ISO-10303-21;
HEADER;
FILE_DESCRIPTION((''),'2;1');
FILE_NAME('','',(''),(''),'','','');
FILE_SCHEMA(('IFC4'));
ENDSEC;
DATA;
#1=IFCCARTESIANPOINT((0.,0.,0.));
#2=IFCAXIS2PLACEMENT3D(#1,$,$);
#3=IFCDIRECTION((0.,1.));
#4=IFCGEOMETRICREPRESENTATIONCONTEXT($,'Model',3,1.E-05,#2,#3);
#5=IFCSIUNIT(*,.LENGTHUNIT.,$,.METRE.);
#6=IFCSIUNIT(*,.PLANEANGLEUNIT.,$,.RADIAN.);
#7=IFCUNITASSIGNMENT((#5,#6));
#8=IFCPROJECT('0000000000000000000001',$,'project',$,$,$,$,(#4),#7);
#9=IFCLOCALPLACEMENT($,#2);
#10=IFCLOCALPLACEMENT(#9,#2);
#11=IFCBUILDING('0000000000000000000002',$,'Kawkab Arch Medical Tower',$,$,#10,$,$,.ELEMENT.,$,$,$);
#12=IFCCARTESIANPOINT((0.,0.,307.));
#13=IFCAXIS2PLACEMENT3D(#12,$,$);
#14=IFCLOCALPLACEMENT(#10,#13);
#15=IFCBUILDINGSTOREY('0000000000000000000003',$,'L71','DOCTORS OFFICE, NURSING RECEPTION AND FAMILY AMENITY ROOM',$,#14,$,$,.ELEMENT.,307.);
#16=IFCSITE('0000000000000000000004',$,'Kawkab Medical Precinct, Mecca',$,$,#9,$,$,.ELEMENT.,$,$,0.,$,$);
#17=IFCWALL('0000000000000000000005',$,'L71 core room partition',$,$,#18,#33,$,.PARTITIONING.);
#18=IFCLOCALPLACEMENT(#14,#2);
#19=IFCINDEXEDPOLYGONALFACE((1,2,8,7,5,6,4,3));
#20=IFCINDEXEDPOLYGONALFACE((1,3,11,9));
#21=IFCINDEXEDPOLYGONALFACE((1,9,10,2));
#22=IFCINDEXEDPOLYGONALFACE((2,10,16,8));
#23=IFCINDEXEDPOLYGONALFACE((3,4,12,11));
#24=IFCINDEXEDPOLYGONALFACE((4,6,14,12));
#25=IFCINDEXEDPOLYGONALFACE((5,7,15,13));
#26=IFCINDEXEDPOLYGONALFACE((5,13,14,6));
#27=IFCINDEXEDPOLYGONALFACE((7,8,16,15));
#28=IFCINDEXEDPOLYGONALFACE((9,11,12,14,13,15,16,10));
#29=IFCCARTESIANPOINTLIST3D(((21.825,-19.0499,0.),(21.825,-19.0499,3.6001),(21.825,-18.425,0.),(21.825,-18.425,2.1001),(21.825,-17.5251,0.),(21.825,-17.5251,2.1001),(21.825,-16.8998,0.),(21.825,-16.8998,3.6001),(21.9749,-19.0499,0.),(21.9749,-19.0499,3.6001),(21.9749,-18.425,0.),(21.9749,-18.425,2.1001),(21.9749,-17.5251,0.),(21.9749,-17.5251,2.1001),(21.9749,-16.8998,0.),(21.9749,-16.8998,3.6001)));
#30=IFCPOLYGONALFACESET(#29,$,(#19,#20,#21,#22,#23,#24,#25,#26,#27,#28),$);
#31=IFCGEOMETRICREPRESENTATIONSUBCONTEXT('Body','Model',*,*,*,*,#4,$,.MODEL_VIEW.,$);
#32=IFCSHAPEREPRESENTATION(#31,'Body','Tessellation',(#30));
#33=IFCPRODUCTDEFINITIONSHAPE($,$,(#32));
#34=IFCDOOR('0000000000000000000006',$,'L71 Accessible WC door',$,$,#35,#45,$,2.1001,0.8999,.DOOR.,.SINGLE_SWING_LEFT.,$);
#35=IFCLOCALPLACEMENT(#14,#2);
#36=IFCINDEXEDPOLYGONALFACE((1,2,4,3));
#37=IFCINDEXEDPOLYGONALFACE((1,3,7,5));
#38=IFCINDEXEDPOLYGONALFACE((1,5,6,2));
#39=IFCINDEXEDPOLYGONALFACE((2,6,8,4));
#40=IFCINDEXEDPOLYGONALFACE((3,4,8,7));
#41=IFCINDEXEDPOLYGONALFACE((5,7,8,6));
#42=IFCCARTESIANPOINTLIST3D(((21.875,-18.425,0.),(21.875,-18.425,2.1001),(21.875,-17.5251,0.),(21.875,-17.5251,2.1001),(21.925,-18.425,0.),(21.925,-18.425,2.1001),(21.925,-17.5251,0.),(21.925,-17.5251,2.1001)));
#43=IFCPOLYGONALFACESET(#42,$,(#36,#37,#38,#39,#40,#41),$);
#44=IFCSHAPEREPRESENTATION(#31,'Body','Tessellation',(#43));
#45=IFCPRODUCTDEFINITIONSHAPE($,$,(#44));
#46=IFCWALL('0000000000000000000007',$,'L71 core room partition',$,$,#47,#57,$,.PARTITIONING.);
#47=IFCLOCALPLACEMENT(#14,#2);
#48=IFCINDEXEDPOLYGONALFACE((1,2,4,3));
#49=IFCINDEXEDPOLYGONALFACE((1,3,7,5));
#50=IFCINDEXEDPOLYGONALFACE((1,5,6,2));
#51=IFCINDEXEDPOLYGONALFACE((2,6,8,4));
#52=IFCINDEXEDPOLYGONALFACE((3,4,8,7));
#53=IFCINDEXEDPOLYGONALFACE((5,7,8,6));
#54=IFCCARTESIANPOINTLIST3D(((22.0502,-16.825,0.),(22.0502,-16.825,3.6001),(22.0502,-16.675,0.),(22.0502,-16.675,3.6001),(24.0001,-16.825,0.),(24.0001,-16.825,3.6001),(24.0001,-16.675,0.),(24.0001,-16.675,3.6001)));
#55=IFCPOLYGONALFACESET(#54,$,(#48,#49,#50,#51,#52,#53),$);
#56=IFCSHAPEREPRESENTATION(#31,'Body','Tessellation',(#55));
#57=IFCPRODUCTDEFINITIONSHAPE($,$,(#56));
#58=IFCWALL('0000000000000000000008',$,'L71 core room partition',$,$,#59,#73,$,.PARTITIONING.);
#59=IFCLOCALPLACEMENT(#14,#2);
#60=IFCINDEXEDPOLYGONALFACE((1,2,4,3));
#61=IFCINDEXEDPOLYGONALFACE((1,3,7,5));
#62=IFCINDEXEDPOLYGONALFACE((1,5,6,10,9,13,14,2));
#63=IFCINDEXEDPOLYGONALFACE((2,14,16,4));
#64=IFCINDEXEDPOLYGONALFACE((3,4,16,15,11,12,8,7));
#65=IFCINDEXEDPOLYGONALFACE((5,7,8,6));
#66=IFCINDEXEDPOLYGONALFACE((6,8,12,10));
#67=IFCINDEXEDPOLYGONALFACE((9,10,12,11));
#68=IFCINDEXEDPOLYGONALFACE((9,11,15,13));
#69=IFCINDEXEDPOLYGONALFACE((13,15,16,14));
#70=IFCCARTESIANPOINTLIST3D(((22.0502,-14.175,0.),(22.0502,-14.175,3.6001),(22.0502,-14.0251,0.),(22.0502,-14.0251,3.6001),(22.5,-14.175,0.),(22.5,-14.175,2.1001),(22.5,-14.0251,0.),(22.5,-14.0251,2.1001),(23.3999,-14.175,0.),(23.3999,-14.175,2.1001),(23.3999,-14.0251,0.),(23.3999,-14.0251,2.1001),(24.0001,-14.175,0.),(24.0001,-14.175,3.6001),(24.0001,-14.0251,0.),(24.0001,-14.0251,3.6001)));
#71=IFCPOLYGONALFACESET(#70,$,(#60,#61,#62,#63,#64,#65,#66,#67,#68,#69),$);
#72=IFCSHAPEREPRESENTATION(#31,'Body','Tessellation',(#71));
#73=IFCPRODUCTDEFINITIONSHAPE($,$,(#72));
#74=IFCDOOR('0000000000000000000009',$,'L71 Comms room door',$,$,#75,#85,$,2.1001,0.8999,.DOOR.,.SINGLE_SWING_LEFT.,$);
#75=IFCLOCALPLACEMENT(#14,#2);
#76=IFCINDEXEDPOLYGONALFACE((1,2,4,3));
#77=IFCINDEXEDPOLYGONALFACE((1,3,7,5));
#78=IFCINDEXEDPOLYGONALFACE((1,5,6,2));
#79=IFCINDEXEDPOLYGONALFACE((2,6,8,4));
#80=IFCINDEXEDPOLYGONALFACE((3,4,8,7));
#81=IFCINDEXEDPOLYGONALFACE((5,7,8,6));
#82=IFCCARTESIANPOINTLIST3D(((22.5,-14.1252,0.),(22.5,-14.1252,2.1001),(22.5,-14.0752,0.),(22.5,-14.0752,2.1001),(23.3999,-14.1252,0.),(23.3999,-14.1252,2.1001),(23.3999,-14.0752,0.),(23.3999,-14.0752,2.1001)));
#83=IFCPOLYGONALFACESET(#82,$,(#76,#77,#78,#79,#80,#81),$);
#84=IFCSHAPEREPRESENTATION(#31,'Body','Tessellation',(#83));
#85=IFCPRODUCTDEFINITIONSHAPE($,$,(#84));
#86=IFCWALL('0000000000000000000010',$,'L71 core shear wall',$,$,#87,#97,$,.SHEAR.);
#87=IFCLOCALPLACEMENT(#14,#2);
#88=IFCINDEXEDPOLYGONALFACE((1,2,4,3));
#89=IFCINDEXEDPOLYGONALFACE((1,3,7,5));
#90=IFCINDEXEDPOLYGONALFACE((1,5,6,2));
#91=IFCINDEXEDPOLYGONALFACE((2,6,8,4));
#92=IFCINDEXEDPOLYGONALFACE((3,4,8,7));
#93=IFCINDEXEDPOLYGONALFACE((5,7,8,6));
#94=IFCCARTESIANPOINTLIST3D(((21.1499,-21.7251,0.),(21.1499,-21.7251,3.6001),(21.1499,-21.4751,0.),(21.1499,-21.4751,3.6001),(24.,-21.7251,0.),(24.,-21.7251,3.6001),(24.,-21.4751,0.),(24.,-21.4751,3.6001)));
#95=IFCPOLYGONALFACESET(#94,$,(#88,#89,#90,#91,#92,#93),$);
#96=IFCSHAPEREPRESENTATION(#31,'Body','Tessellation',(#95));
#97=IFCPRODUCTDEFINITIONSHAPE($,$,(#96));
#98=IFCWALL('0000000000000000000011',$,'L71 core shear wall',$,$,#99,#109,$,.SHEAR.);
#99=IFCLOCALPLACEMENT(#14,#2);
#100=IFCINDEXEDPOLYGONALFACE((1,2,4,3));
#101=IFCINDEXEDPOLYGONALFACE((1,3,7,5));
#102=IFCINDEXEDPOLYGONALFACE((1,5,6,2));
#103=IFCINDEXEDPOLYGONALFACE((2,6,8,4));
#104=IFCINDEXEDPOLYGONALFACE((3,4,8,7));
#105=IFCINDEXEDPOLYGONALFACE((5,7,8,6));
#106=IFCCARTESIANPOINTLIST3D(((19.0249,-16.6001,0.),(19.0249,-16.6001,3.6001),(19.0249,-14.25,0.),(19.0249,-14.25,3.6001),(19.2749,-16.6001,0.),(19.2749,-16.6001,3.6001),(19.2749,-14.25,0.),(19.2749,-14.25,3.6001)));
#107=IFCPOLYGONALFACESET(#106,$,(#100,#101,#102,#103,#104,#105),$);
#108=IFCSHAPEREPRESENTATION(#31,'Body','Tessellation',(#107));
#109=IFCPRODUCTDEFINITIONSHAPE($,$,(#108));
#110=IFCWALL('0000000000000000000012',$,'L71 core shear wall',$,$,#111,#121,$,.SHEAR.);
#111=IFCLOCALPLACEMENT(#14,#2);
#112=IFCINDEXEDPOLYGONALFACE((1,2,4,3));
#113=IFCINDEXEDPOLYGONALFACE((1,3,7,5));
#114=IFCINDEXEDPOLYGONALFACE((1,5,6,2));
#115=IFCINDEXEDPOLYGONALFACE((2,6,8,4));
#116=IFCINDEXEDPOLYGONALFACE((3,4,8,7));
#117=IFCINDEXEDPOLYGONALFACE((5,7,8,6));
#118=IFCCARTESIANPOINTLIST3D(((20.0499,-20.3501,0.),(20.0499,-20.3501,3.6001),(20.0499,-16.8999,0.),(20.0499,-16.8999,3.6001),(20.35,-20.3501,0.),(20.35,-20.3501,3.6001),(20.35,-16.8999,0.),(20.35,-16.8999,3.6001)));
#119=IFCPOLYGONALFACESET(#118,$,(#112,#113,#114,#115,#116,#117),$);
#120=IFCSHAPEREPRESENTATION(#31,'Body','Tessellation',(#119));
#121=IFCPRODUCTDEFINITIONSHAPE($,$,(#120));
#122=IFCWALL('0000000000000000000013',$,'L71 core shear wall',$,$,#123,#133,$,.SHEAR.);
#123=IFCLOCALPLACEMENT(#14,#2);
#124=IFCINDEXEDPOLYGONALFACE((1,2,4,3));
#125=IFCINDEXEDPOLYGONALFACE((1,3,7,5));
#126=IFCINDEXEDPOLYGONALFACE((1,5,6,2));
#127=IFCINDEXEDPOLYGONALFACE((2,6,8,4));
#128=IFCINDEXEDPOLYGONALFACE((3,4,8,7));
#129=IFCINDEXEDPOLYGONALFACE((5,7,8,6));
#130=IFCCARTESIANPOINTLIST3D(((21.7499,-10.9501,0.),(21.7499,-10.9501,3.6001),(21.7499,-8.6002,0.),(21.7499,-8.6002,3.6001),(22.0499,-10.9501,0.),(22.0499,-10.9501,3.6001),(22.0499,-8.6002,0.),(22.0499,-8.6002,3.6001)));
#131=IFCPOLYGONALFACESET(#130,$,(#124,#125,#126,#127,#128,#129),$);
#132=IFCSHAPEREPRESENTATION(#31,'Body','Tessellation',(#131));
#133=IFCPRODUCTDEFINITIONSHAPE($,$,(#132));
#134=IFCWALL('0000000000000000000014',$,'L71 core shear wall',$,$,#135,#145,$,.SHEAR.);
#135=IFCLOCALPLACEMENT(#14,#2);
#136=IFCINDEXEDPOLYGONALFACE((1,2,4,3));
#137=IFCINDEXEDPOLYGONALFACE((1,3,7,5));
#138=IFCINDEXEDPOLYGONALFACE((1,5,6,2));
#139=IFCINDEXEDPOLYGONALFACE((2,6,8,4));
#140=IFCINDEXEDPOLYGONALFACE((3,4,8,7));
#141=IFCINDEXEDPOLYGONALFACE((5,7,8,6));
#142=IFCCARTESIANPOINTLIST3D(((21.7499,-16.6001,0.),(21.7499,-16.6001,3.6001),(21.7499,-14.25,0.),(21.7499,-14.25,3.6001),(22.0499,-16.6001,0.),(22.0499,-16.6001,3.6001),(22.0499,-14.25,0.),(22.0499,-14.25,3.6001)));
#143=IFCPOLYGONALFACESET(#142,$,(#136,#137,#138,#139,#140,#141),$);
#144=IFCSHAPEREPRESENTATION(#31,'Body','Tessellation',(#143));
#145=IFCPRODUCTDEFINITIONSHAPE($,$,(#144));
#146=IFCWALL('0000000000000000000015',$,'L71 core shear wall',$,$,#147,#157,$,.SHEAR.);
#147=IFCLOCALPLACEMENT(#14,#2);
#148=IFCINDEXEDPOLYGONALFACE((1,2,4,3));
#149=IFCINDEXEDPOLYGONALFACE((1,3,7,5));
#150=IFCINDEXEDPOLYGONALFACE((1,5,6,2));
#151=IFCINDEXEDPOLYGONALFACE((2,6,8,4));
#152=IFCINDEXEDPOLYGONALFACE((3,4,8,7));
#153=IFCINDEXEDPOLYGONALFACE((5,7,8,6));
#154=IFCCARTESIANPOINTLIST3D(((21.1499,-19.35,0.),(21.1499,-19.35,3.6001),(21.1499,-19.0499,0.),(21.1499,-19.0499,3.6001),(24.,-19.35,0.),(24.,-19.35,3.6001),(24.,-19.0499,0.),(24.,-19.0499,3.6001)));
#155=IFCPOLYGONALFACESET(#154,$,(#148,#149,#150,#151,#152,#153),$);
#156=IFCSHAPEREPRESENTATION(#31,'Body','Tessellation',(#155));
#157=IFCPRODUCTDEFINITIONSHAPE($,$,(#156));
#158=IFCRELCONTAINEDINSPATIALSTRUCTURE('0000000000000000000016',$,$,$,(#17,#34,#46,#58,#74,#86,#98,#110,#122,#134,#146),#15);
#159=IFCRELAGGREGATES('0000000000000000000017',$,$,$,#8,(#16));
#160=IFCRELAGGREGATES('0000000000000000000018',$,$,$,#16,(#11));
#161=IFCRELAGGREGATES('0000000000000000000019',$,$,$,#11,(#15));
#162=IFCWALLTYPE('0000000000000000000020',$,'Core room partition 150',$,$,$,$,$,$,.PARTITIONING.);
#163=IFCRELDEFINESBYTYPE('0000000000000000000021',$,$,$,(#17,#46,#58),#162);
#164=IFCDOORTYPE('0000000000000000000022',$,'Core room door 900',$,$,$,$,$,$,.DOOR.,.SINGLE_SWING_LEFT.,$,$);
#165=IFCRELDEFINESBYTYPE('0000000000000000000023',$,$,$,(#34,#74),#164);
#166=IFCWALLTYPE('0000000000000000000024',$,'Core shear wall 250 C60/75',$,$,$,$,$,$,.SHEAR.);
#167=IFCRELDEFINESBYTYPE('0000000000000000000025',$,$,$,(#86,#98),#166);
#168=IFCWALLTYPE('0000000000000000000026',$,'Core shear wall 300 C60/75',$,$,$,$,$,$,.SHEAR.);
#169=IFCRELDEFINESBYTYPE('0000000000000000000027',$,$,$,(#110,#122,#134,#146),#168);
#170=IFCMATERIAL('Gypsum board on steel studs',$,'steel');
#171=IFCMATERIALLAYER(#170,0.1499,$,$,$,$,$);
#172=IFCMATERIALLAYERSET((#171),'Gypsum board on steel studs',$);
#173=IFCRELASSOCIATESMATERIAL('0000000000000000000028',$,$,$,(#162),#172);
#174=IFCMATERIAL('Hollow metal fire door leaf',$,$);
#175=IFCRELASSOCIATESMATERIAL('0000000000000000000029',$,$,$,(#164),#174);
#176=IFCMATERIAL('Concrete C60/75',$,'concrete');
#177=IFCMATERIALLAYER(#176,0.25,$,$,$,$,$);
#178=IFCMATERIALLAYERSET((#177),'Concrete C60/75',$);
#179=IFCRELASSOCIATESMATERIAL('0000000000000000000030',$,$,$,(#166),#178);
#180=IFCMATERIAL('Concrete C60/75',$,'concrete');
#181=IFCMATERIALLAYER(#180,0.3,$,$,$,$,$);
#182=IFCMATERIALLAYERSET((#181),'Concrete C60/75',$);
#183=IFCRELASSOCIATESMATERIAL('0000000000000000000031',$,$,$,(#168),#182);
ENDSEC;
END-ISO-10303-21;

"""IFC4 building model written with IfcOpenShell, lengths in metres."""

from ifc_helpers import new_model, si_unit, direction, frame, frame_2d, origin, place, context, subcontext, project, spatial, rectangle, extrude, material, layer, layer_set, type_object, element, fill, save


model = new_model("IFC4")

# Units and contexts
model_context = context("Model", 3, precision=1e-05, world=origin(), true_north=direction((0.0, 1.0)))
body_context = subcontext(model_context, "Body", "Model", "MODEL_VIEW")
ifc_project = project(units=[si_unit("LENGTHUNIT", "METRE"), si_unit("PLANEANGLEUNIT", "RADIAN")], contexts=[model_context])

# Site, building, storey
site_placement = place(None, origin())
site = spatial("IfcSite", under=ifc_project, at=site_placement, Name="Kawkab Medical Precinct, Mecca", CompositionType="ELEMENT", RefElevation=0.0)
building_placement = place(site_placement, origin())
building = spatial("IfcBuilding", under=site, at=building_placement, Name="Kawkab Arch Medical Tower", CompositionType="ELEMENT")
storey_placement = place(building_placement, frame((0.0, 0.0, 307.0)))
storey = spatial("IfcBuildingStorey", under=building, at=storey_placement, Name="L71", Description="DOCTORS OFFICE, NURSING RECEPTION AND FAMILY AMENITY ROOM", CompositionType="ELEMENT", Elevation=307.0)

# Wall, opening, door
ifc_material_1 = material(Name="Gypsum board on steel studs", Category="steel")
ifc_layer_1 = layer(ifc_material_1, 0.1499)
ifc_layer_set_1 = layer_set([ifc_layer_1], Name="Gypsum board on steel studs")
wall_type_1 = type_object("IfcWallType", Name="Core room partition 150", PredefinedType="PARTITIONING", material=ifc_layer_set_1)
wall_1_placement = place(storey_placement, frame((21.8999, -19.05, 0.0), z_axis=(0.0, 0.0, 1.0), x_axis=(0.0, 1.0, 0.0)))
wall_1 = element("IfcWall", 1, at=wall_1_placement, inside=storey, type_object=wall_type_1, Name="L71 core room partition", PredefinedType="PARTITIONING", context=body_context, shape_type="SweptSolid", body=[
    extrude(rectangle(XDim=2.1501, YDim=0.1499, at=frame_2d((1.0752, 0.0))), origin(), (0.0, 0.0, 1.0), 3.6001),
])
opening_1_placement = place(wall_1_placement, frame((0.625, 0.0, 0.0)))
opening_1 = element("IfcOpeningElement", 2, at=opening_1_placement, cuts=wall_1, PredefinedType="OPENING", context=body_context, shape_type="SweptSolid", body=[
    extrude(rectangle(XDim=0.8999, YDim=2.1001, at=frame_2d((0.45, 1.05))), frame((0.0, 0.085, 0.0), z_axis=(0.0, -1.0, 0.0), x_axis=(1.0, 0.0, 0.0)), (0.0, 0.0, 1.0), 0.1699),
])
ifc_material_2 = material(Name="Hollow metal fire door leaf")
door_type_1 = type_object("IfcDoorType", Name="Core room door 900", OperationType="SINGLE_SWING_LEFT", PredefinedType="DOOR", material=ifc_material_2)
door_1_placement = place(opening_1_placement, origin())
door_1 = element("IfcDoor", 3, at=door_1_placement, inside=storey, type_object=door_type_1, Name="L71 Accessible WC door", OperationType="SINGLE_SWING_LEFT", OverallHeight=2.1001, OverallWidth=0.8999, PredefinedType="DOOR", context=body_context, shape_type="SweptSolid", body=[
    extrude(rectangle(XDim=0.8999, YDim=2.1001, at=frame_2d((0.45, 1.05))), frame((0.0, 0.0249, 0.0), z_axis=(0.0, -1.0, 0.0), x_axis=(1.0, 0.0, 0.0)), (0.0, 0.0, 1.0), 0.05),
])
fill(opening_1, door_1)

# Wall
wall_2_placement = place(storey_placement, frame((22.05, -16.75, 0.0), z_axis=(0.0, 0.0, 1.0), x_axis=(1.0, 0.0, 0.0)))
element("IfcWall", 4, at=wall_2_placement, inside=storey, type_object=wall_type_1, Name="L71 core room partition", PredefinedType="PARTITIONING", context=body_context, shape_type="SweptSolid", body=[
    extrude(rectangle(XDim=1.95, YDim=0.1499, at=frame_2d((0.9751, 0.0))), origin(), (0.0, 0.0, 1.0), 3.6001),
])

# Wall, opening, door
wall_3_placement = place(storey_placement, frame((22.05, -14.1001, 0.0), z_axis=(0.0, 0.0, 1.0), x_axis=(1.0, 0.0, 0.0)))
wall_3 = element("IfcWall", 5, at=wall_3_placement, inside=storey, type_object=wall_type_1, Name="L71 core room partition", PredefinedType="PARTITIONING", context=body_context, shape_type="SweptSolid", body=[
    extrude(rectangle(XDim=1.95, YDim=0.1499, at=frame_2d((0.9751, 0.0))), origin(), (0.0, 0.0, 1.0), 3.6001),
])
opening_2_placement = place(wall_3_placement, frame((0.45, 0.0, 0.0)))
opening_2 = element("IfcOpeningElement", 6, at=opening_2_placement, cuts=wall_3, PredefinedType="OPENING", context=body_context, shape_type="SweptSolid", body=[
    extrude(rectangle(XDim=0.8999, YDim=2.1001, at=frame_2d((0.45, 1.05))), frame((0.0, 0.085, 0.0), z_axis=(0.0, -1.0, 0.0), x_axis=(1.0, 0.0, 0.0)), (0.0, 0.0, 1.0), 0.1699),
])
door_2_placement = place(opening_2_placement, origin())
door_2 = element("IfcDoor", 7, at=door_2_placement, inside=storey, type_object=door_type_1, Name="L71 Comms room door", OperationType="SINGLE_SWING_LEFT", OverallHeight=2.1001, OverallWidth=0.8999, PredefinedType="DOOR", context=body_context, shape_type="SweptSolid", body=[
    extrude(rectangle(XDim=0.8999, YDim=2.1001, at=frame_2d((0.45, 1.05))), frame((0.0, 0.0249, 0.0), z_axis=(0.0, -1.0, 0.0), x_axis=(1.0, 0.0, 0.0)), (0.0, 0.0, 1.0), 0.05),
])
fill(opening_2, door_2)

# Walls
ifc_material_3 = material(Name="Concrete C60/75", Category="concrete")
ifc_layer_2 = layer(ifc_material_3, 0.25)
ifc_layer_set_2 = layer_set([ifc_layer_2], Name="Concrete C60/75")
wall_type_2 = type_object("IfcWallType", Name="Core shear wall 250 C60/75", PredefinedType="SHEAR", material=ifc_layer_set_2)
wall_4_placement = place(storey_placement, frame((21.1499, -21.6001, 0.0), z_axis=(0.0, 0.0, 1.0), x_axis=(1.0, 0.0, 0.0)))
element("IfcWall", 8, at=wall_4_placement, inside=storey, type_object=wall_type_2, Name="L71 core shear wall", PredefinedType="SHEAR", context=body_context, shape_type="SweptSolid", body=[
    extrude(rectangle(XDim=2.8501, YDim=0.25, at=frame_2d((1.425, 0.0))), origin(), (0.0, 0.0, 1.0), 3.6001),
])
wall_5_placement = place(storey_placement, frame((19.1499, -16.6001, 0.0), z_axis=(0.0, 0.0, 1.0), x_axis=(0.0, 1.0, 0.0)))
element("IfcWall", 9, at=wall_5_placement, inside=storey, type_object=wall_type_2, Name="L71 core shear wall", PredefinedType="SHEAR", context=body_context, shape_type="SweptSolid", body=[
    extrude(rectangle(XDim=2.3501, YDim=0.25, at=frame_2d((1.175, 0.0))), origin(), (0.0, 0.0, 1.0), 3.6001),
])
ifc_material_4 = material(Name="Concrete C60/75", Category="concrete")
ifc_layer_3 = layer(ifc_material_4, 0.3)
ifc_layer_set_3 = layer_set([ifc_layer_3], Name="Concrete C60/75")
wall_type_3 = type_object("IfcWallType", Name="Core shear wall 300 C60/75", PredefinedType="SHEAR", material=ifc_layer_set_3)
wall_6_placement = place(storey_placement, frame((20.2, -20.3501, 0.0), z_axis=(0.0, 0.0, 1.0), x_axis=(0.0, 1.0, 0.0)))
element("IfcWall", 10, at=wall_6_placement, inside=storey, type_object=wall_type_3, Name="L71 core shear wall", PredefinedType="SHEAR", context=body_context, shape_type="SweptSolid", body=[
    extrude(rectangle(XDim=3.4502, YDim=0.3, at=frame_2d((1.7251, 0.0))), origin(), (0.0, 0.0, 1.0), 3.6001),
])
wall_7_placement = place(storey_placement, frame((21.8999, -10.95, 0.0), z_axis=(0.0, 0.0, 1.0), x_axis=(0.0, 1.0, 0.0)))
element("IfcWall", 11, at=wall_7_placement, inside=storey, type_object=wall_type_3, Name="L71 core shear wall", PredefinedType="SHEAR", context=body_context, shape_type="SweptSolid", body=[
    extrude(rectangle(XDim=2.3499, YDim=0.3, at=frame_2d((1.1748, 0.0))), origin(), (0.0, 0.0, 1.0), 3.6001),
])
wall_8_placement = place(storey_placement, frame((21.8999, -16.6001, 0.0), z_axis=(0.0, 0.0, 1.0), x_axis=(0.0, 1.0, 0.0)))
element("IfcWall", 12, at=wall_8_placement, inside=storey, type_object=wall_type_3, Name="L71 core shear wall", PredefinedType="SHEAR", context=body_context, shape_type="SweptSolid", body=[
    extrude(rectangle(XDim=2.3501, YDim=0.3, at=frame_2d((1.175, 0.0))), origin(), (0.0, 0.0, 1.0), 3.6001),
])
wall_9_placement = place(storey_placement, frame((21.1499, -19.2, 0.0), z_axis=(0.0, 0.0, 1.0), x_axis=(1.0, 0.0, 0.0)))
element("IfcWall", 13, at=wall_9_placement, inside=storey, type_object=wall_type_3, Name="L71 core shear wall", PredefinedType="SHEAR", context=body_context, shape_type="SweptSolid", body=[
    extrude(rectangle(XDim=2.8501, YDim=0.3, at=frame_2d((1.425, 0.0))), origin(), (0.0, 0.0, 1.0), 3.6001),
])

save(model, "model.ifc")
